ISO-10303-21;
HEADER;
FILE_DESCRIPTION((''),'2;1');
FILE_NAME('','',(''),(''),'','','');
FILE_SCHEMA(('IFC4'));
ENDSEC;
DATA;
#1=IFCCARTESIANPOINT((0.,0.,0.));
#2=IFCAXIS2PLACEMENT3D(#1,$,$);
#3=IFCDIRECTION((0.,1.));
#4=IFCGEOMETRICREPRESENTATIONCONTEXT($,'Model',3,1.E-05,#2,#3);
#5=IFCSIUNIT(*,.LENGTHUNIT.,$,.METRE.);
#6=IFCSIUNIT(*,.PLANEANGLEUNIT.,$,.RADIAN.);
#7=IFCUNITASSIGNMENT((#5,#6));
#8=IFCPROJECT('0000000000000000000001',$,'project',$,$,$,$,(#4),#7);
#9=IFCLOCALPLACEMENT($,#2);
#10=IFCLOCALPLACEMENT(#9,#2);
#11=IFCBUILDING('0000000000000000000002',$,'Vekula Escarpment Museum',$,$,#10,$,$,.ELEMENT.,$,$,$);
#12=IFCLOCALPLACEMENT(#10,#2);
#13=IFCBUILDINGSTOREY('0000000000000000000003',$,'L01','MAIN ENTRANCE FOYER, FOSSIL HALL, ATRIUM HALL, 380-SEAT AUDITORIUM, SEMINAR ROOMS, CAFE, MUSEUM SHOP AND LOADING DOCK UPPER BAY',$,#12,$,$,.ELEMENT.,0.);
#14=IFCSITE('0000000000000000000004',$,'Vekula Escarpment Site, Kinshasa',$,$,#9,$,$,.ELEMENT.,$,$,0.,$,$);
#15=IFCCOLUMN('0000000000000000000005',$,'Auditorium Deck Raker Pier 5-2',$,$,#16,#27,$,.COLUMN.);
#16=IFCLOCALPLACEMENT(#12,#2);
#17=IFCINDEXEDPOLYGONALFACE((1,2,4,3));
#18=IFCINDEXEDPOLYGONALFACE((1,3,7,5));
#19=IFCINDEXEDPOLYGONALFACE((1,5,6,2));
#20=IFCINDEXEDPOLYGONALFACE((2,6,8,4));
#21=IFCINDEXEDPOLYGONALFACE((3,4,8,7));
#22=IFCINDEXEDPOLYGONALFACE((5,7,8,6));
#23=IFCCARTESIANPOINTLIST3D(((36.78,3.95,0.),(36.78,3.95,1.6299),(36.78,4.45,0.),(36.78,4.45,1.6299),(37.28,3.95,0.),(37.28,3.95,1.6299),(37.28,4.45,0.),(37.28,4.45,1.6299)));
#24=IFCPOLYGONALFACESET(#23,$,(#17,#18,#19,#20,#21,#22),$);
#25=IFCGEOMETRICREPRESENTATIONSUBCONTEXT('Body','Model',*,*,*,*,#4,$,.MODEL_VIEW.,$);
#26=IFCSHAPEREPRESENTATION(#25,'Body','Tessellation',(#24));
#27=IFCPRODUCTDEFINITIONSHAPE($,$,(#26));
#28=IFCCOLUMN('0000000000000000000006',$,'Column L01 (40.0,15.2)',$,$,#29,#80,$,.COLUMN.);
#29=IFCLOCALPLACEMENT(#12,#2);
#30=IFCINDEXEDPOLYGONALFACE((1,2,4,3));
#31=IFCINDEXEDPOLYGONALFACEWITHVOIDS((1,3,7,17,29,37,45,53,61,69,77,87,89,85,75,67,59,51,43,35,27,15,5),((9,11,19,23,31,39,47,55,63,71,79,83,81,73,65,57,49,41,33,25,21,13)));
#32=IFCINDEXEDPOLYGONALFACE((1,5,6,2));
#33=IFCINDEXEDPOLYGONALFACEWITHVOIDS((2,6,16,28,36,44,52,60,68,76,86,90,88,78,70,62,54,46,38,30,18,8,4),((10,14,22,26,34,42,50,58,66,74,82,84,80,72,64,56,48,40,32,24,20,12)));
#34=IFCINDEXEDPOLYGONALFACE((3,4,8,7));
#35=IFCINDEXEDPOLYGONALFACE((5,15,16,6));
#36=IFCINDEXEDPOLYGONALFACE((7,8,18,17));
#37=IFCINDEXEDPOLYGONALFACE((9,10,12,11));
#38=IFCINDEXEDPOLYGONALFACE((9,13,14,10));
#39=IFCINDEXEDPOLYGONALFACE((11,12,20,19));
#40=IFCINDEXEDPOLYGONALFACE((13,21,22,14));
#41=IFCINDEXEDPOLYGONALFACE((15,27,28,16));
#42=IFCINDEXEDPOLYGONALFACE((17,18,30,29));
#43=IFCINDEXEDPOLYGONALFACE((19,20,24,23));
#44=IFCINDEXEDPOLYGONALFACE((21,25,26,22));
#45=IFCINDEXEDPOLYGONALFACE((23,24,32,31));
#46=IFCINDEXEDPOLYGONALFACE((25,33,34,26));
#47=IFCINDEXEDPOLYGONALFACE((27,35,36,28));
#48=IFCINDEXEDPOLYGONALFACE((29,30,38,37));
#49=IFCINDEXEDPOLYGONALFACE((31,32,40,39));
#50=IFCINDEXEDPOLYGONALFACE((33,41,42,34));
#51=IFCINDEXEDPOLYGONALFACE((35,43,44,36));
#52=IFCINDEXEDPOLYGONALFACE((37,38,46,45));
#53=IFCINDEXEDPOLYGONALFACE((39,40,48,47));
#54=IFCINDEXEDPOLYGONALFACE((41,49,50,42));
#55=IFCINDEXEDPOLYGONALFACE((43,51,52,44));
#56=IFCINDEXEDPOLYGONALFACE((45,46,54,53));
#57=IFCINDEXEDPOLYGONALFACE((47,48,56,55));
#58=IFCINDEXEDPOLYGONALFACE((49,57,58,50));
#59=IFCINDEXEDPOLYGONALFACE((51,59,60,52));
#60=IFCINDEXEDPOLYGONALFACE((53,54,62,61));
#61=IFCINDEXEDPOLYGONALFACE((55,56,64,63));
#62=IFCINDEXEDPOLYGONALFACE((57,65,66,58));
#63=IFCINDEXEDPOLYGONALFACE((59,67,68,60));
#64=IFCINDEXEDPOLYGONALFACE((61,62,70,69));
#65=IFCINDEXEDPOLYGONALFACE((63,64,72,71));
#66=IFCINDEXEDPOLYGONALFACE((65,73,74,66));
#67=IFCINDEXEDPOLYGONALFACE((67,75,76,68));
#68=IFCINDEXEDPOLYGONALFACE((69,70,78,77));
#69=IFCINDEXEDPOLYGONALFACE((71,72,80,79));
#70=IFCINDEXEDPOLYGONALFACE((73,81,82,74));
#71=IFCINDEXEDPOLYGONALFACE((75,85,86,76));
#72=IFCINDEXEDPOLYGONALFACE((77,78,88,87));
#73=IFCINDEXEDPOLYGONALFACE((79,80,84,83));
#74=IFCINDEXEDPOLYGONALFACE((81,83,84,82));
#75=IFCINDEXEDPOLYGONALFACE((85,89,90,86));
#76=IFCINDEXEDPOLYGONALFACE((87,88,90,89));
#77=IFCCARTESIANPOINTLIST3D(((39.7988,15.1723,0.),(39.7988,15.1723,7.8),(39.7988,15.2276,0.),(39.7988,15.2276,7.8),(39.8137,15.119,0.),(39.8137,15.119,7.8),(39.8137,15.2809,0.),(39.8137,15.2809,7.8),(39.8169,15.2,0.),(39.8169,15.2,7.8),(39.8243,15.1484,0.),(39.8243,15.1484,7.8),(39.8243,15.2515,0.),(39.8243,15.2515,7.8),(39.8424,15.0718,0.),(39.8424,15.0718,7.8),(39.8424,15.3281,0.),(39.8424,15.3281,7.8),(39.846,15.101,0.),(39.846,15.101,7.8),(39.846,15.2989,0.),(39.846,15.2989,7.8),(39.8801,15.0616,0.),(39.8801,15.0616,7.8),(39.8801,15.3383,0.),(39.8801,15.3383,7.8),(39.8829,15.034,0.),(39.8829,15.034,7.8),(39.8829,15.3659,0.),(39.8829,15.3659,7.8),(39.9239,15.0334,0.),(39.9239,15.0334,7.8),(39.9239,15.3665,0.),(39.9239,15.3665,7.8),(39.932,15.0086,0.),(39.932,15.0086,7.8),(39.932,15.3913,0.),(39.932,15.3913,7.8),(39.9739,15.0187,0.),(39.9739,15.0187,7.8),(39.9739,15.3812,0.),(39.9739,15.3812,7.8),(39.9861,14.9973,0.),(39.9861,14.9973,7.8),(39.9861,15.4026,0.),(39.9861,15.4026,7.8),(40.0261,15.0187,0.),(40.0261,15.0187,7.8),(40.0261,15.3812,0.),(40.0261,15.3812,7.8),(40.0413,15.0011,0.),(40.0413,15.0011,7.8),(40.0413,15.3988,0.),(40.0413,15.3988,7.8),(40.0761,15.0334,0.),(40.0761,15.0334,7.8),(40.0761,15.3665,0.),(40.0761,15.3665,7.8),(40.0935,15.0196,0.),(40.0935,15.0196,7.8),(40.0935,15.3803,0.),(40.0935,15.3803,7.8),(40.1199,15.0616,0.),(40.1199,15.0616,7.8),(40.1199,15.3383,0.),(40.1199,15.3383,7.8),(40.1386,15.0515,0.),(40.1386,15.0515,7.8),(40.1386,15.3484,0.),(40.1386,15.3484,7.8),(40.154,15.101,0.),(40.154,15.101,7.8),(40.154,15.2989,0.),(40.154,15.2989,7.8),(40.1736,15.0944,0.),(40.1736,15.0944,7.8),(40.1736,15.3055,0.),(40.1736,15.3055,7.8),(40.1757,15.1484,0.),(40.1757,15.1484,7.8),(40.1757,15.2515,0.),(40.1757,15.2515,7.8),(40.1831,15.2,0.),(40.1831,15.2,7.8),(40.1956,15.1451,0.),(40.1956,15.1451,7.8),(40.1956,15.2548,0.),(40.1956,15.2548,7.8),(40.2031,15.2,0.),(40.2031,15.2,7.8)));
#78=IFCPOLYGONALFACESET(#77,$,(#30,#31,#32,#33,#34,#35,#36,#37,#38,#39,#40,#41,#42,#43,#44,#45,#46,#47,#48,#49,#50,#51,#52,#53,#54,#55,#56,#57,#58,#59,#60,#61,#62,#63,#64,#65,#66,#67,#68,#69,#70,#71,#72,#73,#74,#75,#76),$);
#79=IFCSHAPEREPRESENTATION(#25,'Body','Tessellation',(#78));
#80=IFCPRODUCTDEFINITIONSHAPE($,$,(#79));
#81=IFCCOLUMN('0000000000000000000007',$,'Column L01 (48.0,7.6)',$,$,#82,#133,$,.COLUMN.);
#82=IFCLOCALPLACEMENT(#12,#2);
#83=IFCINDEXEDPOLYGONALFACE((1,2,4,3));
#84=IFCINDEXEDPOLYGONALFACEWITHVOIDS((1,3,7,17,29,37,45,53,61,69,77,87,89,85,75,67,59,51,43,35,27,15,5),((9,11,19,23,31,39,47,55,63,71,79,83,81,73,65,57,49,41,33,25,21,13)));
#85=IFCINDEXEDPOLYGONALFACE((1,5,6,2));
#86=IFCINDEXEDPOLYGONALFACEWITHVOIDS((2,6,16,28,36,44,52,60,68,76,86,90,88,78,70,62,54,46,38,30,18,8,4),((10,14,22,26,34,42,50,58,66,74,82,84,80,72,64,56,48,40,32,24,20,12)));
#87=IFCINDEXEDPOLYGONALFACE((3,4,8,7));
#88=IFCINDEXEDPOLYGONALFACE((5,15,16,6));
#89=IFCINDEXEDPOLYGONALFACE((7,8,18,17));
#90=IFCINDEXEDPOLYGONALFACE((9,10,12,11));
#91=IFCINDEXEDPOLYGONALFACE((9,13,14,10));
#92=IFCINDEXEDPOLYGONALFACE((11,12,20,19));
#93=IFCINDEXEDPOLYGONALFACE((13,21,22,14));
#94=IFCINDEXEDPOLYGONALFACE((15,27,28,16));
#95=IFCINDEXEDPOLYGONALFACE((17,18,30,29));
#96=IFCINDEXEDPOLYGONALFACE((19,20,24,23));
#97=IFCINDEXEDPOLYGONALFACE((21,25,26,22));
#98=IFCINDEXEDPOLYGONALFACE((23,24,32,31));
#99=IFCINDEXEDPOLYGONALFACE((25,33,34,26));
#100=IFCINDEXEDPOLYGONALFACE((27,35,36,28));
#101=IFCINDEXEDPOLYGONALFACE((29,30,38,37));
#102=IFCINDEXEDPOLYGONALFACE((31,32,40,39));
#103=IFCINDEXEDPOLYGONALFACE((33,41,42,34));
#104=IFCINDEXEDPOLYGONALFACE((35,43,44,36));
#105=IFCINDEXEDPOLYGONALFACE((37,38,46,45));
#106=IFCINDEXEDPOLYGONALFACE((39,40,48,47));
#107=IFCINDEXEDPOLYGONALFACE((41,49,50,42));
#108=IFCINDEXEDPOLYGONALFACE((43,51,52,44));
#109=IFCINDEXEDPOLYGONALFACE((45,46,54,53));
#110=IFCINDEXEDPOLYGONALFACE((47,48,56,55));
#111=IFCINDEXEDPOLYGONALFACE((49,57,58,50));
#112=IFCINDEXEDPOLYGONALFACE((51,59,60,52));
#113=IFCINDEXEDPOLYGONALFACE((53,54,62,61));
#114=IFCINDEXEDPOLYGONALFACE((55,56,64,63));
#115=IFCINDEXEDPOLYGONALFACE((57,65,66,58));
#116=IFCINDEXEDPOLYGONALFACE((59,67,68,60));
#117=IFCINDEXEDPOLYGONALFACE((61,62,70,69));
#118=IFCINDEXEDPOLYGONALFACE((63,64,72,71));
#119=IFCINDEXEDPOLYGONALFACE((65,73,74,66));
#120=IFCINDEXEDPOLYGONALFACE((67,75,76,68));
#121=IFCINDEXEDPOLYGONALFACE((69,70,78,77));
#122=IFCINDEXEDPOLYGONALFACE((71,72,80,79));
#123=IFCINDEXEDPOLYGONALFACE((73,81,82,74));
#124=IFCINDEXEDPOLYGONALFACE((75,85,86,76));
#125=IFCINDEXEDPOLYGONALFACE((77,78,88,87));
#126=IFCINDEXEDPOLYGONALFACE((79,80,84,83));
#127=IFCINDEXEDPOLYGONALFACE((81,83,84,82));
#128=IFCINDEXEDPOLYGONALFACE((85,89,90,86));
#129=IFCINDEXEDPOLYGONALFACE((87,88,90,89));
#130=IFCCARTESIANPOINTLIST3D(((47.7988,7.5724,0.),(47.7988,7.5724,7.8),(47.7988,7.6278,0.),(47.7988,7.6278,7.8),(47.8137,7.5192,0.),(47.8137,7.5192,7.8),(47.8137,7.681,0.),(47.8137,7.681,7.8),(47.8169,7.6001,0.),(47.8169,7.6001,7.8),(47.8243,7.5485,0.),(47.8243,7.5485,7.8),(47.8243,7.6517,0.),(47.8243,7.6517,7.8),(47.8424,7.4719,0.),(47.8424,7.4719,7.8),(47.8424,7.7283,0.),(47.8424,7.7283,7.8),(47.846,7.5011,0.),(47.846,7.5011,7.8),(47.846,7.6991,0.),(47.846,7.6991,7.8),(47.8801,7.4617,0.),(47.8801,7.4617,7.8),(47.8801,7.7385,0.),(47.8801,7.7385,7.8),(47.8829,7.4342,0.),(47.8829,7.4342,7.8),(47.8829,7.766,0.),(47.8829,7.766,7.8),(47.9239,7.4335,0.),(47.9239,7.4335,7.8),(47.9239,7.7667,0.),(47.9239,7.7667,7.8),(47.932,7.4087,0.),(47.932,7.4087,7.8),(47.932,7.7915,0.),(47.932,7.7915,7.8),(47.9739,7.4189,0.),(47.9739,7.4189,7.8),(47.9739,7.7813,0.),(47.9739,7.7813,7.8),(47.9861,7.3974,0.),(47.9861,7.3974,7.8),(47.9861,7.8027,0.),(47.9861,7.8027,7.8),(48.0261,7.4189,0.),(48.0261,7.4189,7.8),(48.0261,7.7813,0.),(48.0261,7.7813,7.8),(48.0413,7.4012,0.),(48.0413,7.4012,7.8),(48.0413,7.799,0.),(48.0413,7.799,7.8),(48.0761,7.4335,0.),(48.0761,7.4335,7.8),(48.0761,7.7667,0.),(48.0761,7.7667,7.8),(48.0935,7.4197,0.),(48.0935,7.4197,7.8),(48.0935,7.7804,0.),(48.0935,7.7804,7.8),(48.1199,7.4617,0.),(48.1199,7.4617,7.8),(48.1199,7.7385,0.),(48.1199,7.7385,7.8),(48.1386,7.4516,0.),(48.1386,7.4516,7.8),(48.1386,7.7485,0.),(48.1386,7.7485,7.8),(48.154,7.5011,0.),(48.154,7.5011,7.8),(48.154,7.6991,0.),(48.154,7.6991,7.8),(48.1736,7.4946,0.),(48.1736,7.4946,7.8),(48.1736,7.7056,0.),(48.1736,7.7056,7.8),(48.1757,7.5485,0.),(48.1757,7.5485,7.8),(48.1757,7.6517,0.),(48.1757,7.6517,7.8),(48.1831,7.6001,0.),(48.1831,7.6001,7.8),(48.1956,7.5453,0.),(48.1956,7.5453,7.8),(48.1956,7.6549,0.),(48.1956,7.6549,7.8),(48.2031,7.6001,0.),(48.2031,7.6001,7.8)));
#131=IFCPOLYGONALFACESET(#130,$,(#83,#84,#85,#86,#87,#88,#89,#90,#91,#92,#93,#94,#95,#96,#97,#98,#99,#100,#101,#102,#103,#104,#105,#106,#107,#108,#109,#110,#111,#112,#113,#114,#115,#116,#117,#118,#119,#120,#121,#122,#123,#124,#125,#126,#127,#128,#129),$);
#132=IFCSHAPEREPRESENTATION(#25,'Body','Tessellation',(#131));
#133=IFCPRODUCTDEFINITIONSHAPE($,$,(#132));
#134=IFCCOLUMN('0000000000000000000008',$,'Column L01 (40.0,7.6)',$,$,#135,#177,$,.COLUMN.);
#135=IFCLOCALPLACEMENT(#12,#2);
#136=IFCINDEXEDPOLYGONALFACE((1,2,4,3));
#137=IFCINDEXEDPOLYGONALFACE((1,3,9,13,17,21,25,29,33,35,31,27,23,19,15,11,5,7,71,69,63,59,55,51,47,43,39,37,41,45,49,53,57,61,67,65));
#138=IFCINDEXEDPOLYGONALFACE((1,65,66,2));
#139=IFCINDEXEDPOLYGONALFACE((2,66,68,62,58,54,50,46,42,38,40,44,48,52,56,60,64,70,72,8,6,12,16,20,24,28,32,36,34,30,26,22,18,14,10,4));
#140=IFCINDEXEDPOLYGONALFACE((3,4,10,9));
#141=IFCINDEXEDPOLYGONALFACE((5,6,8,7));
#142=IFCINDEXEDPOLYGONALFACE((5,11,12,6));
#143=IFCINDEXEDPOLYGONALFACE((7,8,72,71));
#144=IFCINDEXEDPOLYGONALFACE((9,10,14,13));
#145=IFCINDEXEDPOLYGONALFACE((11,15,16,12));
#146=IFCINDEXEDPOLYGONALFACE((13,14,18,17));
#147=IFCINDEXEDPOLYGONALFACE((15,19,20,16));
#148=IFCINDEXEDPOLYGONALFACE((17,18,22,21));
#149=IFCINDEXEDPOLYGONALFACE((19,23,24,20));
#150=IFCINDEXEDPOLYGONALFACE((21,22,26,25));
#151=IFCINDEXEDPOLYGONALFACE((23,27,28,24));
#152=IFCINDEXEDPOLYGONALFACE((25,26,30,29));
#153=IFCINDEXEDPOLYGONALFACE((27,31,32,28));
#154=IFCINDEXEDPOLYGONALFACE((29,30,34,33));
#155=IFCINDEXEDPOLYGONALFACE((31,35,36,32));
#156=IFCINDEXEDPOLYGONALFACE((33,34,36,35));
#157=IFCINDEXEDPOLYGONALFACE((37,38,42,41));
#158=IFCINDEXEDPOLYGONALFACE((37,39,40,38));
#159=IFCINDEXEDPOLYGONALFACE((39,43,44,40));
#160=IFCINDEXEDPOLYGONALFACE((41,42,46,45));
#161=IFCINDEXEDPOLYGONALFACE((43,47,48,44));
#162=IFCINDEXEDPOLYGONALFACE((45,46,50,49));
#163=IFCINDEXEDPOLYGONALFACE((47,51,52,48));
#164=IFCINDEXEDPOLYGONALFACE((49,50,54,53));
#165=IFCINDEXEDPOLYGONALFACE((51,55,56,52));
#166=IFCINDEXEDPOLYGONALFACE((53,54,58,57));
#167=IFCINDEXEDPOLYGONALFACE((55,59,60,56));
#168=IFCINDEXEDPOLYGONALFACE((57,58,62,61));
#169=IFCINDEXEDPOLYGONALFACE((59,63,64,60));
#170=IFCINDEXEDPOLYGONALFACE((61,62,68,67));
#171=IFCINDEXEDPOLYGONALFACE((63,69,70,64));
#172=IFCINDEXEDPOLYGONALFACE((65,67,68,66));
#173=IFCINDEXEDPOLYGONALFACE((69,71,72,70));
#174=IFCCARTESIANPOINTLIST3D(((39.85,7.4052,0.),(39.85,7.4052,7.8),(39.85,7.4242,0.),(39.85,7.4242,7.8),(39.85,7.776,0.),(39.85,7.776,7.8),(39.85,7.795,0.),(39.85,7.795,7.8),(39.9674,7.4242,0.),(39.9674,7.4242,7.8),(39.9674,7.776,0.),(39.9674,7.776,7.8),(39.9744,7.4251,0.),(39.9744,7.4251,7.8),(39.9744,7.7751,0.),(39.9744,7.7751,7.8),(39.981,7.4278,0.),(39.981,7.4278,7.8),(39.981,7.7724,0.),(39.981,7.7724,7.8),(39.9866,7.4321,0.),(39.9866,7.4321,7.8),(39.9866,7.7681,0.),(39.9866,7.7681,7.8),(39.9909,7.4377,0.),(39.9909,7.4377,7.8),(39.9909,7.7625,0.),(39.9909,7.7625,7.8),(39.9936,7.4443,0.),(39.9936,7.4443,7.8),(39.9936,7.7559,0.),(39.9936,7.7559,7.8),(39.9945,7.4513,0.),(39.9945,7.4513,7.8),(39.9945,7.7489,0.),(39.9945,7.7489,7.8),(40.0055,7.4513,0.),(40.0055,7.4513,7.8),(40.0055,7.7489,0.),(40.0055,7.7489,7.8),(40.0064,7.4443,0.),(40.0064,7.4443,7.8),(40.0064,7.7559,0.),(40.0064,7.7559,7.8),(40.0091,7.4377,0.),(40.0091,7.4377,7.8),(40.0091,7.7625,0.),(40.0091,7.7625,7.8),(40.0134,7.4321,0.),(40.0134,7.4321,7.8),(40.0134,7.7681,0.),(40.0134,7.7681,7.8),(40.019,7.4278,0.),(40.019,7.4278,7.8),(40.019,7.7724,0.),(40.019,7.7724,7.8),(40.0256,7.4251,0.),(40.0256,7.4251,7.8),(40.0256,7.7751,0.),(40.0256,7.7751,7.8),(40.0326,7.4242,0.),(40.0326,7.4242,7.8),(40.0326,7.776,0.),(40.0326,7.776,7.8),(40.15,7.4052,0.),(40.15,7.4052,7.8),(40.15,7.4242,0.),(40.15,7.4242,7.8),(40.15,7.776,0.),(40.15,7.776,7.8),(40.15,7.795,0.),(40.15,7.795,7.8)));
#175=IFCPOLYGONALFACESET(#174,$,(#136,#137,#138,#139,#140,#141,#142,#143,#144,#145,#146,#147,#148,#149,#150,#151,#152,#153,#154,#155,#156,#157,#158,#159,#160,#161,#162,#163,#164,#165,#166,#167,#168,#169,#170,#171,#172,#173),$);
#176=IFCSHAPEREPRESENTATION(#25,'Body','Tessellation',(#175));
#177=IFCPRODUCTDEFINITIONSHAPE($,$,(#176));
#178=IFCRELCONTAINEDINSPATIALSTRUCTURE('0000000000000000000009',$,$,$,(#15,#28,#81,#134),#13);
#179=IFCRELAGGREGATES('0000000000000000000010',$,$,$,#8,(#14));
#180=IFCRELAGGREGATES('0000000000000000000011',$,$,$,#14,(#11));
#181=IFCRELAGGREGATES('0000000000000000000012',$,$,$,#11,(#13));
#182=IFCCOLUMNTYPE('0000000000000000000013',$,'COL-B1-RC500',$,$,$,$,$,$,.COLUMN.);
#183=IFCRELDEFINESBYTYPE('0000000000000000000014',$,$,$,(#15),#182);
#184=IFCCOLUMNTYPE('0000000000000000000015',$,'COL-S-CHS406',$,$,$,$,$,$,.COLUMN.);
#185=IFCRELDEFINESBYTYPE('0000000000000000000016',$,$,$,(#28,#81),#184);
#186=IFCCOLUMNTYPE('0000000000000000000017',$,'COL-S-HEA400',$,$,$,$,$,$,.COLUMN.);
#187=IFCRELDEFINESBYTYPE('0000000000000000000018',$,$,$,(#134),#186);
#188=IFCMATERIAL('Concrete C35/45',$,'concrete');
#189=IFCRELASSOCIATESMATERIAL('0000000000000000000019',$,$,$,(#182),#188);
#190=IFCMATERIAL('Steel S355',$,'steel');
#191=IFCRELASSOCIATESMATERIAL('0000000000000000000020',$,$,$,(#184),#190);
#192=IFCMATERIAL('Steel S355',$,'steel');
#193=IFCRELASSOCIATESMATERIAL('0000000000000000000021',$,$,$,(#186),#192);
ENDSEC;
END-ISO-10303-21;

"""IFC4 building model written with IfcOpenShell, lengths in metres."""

from ifc_helpers import new_model, si_unit, direction, frame, origin, origin_2d, place, context, subcontext, project, spatial, rectangle, hollow_circle, i_section, extrude, material, material_profile, profile_set, type_object, element, save


model = new_model("IFC4")

# Units and contexts
model_context = context("Model", 3, precision=1e-05, world=origin(), true_north=direction((0.0, 1.0)))
body_context = subcontext(model_context, "Body", "Model", "MODEL_VIEW")
ifc_project = project(units=[si_unit("LENGTHUNIT", "METRE"), si_unit("PLANEANGLEUNIT", "RADIAN")], contexts=[model_context])

# Site, building, storey
site_placement = place(None, origin())
site = spatial("IfcSite", under=ifc_project, at=site_placement, Name="Vekula Escarpment Site, Kinshasa", CompositionType="ELEMENT", RefElevation=0.0)
building_placement = place(site_placement, origin())
building = spatial("IfcBuilding", under=site, at=building_placement, Name="Vekula Escarpment Museum", CompositionType="ELEMENT")
storey_placement = place(building_placement, origin())
storey = spatial("IfcBuildingStorey", under=building, at=storey_placement, Name="L01", Description="MAIN ENTRANCE FOYER, FOSSIL HALL, ATRIUM HALL, 380-SEAT AUDITORIUM, SEMINAR ROOMS, CAFE, MUSEUM SHOP AND LOADING DOCK UPPER BAY", CompositionType="ELEMENT", Elevation=0.0)

# Columns
ifc_material_1 = material(Name="Concrete C35/45", Category="concrete")
ifc_material_profile_1 = material_profile(ifc_material_1, rectangle(XDim=0.5, YDim=0.5, at=origin_2d()), Name="RC 500x500")
ifc_profile_set_1 = profile_set([ifc_material_profile_1], Name="Concrete C35/45")
column_type_1 = type_object("IfcColumnType", Name="COL-B1-RC500", PredefinedType="COLUMN", material=ifc_profile_set_1)
column_placement = place(storey_placement, frame((37.03, 4.2, 0.0), z_axis=(0.0, 0.0, 1.0), x_axis=(1.0, 0.0, 0.0)))
element("IfcColumn", 1, at=column_placement, inside=storey, type_object=column_type_1, Name="Auditorium Deck Raker Pier 5-2", PredefinedType="COLUMN", context=body_context, shape_type="SweptSolid", body=[
    extrude(rectangle(XDim=0.5, YDim=0.5, at=origin_2d()), origin(), (0.0, 0.0, 1.0), 1.6299),
])
ifc_material_2 = material(Name="Steel S355", Category="steel")
ifc_material_profile_2 = material_profile(ifc_material_2, hollow_circle(Radius=0.2031, WallThickness=0.02, at=origin_2d()), Name="CHS 406.4x20")
ifc_profile_set_2 = profile_set([ifc_material_profile_2], Name="Steel S355")
column_type_2 = type_object("IfcColumnType", Name="COL-S-CHS406", PredefinedType="COLUMN", material=ifc_profile_set_2)
for number, where, z_axis, x_axis, name in (
    (2, (40.0, 15.2, 0.0), (0.0, 0.0, 1.0), (1.0, 0.0, 0.0), "Column L01 (40.0,15.2)"),
    (3, (48.0, 7.6001, 0.0), (0.0, 0.0, 1.0), (1.0, 0.0, 0.0), "Column L01 (48.0,7.6)"),
):
    element("IfcColumn", number, at=place(storey_placement, frame(where, z_axis=z_axis, x_axis=x_axis)), inside=storey, type_object=column_type_2, Name=name, PredefinedType="COLUMN", context=body_context, shape_type="SweptSolid", body=[
        extrude(hollow_circle(Radius=0.2031, WallThickness=0.02, at=origin_2d()), origin(), (0.0, 0.0, 1.0), 7.8),
    ])
ifc_material_3 = material(Name="Steel S355", Category="steel")
ifc_material_profile_3 = material_profile(ifc_material_3, i_section(OverallWidth=0.3, OverallDepth=0.3899, WebThickness=0.011, FlangeThickness=0.019, FilletRadius=0.0271, at=origin_2d()), Name="HEA 400")
ifc_profile_set_3 = profile_set([ifc_material_profile_3], Name="Steel S355")
column_type_3 = type_object("IfcColumnType", Name="COL-S-HEA400", PredefinedType="COLUMN", material=ifc_profile_set_3)
for number, where, z_axis, x_axis, name in (
    (4, (40.0, 7.6001, 0.0), (0.0, 0.0, 1.0), (1.0, 0.0, 0.0), "Column L01 (40.0,7.6)"),
):
    element("IfcColumn", number, at=place(storey_placement, frame(where, z_axis=z_axis, x_axis=x_axis)), inside=storey, type_object=column_type_3, Name=name, PredefinedType="COLUMN", context=body_context, shape_type="SweptSolid", body=[
        extrude(i_section(OverallWidth=0.3, OverallDepth=0.3899, WebThickness=0.011, FlangeThickness=0.019, FilletRadius=0.0271, at=origin_2d()), origin(), (0.0, 0.0, 1.0), 7.8),
    ])

save(model, "model.ifc")
